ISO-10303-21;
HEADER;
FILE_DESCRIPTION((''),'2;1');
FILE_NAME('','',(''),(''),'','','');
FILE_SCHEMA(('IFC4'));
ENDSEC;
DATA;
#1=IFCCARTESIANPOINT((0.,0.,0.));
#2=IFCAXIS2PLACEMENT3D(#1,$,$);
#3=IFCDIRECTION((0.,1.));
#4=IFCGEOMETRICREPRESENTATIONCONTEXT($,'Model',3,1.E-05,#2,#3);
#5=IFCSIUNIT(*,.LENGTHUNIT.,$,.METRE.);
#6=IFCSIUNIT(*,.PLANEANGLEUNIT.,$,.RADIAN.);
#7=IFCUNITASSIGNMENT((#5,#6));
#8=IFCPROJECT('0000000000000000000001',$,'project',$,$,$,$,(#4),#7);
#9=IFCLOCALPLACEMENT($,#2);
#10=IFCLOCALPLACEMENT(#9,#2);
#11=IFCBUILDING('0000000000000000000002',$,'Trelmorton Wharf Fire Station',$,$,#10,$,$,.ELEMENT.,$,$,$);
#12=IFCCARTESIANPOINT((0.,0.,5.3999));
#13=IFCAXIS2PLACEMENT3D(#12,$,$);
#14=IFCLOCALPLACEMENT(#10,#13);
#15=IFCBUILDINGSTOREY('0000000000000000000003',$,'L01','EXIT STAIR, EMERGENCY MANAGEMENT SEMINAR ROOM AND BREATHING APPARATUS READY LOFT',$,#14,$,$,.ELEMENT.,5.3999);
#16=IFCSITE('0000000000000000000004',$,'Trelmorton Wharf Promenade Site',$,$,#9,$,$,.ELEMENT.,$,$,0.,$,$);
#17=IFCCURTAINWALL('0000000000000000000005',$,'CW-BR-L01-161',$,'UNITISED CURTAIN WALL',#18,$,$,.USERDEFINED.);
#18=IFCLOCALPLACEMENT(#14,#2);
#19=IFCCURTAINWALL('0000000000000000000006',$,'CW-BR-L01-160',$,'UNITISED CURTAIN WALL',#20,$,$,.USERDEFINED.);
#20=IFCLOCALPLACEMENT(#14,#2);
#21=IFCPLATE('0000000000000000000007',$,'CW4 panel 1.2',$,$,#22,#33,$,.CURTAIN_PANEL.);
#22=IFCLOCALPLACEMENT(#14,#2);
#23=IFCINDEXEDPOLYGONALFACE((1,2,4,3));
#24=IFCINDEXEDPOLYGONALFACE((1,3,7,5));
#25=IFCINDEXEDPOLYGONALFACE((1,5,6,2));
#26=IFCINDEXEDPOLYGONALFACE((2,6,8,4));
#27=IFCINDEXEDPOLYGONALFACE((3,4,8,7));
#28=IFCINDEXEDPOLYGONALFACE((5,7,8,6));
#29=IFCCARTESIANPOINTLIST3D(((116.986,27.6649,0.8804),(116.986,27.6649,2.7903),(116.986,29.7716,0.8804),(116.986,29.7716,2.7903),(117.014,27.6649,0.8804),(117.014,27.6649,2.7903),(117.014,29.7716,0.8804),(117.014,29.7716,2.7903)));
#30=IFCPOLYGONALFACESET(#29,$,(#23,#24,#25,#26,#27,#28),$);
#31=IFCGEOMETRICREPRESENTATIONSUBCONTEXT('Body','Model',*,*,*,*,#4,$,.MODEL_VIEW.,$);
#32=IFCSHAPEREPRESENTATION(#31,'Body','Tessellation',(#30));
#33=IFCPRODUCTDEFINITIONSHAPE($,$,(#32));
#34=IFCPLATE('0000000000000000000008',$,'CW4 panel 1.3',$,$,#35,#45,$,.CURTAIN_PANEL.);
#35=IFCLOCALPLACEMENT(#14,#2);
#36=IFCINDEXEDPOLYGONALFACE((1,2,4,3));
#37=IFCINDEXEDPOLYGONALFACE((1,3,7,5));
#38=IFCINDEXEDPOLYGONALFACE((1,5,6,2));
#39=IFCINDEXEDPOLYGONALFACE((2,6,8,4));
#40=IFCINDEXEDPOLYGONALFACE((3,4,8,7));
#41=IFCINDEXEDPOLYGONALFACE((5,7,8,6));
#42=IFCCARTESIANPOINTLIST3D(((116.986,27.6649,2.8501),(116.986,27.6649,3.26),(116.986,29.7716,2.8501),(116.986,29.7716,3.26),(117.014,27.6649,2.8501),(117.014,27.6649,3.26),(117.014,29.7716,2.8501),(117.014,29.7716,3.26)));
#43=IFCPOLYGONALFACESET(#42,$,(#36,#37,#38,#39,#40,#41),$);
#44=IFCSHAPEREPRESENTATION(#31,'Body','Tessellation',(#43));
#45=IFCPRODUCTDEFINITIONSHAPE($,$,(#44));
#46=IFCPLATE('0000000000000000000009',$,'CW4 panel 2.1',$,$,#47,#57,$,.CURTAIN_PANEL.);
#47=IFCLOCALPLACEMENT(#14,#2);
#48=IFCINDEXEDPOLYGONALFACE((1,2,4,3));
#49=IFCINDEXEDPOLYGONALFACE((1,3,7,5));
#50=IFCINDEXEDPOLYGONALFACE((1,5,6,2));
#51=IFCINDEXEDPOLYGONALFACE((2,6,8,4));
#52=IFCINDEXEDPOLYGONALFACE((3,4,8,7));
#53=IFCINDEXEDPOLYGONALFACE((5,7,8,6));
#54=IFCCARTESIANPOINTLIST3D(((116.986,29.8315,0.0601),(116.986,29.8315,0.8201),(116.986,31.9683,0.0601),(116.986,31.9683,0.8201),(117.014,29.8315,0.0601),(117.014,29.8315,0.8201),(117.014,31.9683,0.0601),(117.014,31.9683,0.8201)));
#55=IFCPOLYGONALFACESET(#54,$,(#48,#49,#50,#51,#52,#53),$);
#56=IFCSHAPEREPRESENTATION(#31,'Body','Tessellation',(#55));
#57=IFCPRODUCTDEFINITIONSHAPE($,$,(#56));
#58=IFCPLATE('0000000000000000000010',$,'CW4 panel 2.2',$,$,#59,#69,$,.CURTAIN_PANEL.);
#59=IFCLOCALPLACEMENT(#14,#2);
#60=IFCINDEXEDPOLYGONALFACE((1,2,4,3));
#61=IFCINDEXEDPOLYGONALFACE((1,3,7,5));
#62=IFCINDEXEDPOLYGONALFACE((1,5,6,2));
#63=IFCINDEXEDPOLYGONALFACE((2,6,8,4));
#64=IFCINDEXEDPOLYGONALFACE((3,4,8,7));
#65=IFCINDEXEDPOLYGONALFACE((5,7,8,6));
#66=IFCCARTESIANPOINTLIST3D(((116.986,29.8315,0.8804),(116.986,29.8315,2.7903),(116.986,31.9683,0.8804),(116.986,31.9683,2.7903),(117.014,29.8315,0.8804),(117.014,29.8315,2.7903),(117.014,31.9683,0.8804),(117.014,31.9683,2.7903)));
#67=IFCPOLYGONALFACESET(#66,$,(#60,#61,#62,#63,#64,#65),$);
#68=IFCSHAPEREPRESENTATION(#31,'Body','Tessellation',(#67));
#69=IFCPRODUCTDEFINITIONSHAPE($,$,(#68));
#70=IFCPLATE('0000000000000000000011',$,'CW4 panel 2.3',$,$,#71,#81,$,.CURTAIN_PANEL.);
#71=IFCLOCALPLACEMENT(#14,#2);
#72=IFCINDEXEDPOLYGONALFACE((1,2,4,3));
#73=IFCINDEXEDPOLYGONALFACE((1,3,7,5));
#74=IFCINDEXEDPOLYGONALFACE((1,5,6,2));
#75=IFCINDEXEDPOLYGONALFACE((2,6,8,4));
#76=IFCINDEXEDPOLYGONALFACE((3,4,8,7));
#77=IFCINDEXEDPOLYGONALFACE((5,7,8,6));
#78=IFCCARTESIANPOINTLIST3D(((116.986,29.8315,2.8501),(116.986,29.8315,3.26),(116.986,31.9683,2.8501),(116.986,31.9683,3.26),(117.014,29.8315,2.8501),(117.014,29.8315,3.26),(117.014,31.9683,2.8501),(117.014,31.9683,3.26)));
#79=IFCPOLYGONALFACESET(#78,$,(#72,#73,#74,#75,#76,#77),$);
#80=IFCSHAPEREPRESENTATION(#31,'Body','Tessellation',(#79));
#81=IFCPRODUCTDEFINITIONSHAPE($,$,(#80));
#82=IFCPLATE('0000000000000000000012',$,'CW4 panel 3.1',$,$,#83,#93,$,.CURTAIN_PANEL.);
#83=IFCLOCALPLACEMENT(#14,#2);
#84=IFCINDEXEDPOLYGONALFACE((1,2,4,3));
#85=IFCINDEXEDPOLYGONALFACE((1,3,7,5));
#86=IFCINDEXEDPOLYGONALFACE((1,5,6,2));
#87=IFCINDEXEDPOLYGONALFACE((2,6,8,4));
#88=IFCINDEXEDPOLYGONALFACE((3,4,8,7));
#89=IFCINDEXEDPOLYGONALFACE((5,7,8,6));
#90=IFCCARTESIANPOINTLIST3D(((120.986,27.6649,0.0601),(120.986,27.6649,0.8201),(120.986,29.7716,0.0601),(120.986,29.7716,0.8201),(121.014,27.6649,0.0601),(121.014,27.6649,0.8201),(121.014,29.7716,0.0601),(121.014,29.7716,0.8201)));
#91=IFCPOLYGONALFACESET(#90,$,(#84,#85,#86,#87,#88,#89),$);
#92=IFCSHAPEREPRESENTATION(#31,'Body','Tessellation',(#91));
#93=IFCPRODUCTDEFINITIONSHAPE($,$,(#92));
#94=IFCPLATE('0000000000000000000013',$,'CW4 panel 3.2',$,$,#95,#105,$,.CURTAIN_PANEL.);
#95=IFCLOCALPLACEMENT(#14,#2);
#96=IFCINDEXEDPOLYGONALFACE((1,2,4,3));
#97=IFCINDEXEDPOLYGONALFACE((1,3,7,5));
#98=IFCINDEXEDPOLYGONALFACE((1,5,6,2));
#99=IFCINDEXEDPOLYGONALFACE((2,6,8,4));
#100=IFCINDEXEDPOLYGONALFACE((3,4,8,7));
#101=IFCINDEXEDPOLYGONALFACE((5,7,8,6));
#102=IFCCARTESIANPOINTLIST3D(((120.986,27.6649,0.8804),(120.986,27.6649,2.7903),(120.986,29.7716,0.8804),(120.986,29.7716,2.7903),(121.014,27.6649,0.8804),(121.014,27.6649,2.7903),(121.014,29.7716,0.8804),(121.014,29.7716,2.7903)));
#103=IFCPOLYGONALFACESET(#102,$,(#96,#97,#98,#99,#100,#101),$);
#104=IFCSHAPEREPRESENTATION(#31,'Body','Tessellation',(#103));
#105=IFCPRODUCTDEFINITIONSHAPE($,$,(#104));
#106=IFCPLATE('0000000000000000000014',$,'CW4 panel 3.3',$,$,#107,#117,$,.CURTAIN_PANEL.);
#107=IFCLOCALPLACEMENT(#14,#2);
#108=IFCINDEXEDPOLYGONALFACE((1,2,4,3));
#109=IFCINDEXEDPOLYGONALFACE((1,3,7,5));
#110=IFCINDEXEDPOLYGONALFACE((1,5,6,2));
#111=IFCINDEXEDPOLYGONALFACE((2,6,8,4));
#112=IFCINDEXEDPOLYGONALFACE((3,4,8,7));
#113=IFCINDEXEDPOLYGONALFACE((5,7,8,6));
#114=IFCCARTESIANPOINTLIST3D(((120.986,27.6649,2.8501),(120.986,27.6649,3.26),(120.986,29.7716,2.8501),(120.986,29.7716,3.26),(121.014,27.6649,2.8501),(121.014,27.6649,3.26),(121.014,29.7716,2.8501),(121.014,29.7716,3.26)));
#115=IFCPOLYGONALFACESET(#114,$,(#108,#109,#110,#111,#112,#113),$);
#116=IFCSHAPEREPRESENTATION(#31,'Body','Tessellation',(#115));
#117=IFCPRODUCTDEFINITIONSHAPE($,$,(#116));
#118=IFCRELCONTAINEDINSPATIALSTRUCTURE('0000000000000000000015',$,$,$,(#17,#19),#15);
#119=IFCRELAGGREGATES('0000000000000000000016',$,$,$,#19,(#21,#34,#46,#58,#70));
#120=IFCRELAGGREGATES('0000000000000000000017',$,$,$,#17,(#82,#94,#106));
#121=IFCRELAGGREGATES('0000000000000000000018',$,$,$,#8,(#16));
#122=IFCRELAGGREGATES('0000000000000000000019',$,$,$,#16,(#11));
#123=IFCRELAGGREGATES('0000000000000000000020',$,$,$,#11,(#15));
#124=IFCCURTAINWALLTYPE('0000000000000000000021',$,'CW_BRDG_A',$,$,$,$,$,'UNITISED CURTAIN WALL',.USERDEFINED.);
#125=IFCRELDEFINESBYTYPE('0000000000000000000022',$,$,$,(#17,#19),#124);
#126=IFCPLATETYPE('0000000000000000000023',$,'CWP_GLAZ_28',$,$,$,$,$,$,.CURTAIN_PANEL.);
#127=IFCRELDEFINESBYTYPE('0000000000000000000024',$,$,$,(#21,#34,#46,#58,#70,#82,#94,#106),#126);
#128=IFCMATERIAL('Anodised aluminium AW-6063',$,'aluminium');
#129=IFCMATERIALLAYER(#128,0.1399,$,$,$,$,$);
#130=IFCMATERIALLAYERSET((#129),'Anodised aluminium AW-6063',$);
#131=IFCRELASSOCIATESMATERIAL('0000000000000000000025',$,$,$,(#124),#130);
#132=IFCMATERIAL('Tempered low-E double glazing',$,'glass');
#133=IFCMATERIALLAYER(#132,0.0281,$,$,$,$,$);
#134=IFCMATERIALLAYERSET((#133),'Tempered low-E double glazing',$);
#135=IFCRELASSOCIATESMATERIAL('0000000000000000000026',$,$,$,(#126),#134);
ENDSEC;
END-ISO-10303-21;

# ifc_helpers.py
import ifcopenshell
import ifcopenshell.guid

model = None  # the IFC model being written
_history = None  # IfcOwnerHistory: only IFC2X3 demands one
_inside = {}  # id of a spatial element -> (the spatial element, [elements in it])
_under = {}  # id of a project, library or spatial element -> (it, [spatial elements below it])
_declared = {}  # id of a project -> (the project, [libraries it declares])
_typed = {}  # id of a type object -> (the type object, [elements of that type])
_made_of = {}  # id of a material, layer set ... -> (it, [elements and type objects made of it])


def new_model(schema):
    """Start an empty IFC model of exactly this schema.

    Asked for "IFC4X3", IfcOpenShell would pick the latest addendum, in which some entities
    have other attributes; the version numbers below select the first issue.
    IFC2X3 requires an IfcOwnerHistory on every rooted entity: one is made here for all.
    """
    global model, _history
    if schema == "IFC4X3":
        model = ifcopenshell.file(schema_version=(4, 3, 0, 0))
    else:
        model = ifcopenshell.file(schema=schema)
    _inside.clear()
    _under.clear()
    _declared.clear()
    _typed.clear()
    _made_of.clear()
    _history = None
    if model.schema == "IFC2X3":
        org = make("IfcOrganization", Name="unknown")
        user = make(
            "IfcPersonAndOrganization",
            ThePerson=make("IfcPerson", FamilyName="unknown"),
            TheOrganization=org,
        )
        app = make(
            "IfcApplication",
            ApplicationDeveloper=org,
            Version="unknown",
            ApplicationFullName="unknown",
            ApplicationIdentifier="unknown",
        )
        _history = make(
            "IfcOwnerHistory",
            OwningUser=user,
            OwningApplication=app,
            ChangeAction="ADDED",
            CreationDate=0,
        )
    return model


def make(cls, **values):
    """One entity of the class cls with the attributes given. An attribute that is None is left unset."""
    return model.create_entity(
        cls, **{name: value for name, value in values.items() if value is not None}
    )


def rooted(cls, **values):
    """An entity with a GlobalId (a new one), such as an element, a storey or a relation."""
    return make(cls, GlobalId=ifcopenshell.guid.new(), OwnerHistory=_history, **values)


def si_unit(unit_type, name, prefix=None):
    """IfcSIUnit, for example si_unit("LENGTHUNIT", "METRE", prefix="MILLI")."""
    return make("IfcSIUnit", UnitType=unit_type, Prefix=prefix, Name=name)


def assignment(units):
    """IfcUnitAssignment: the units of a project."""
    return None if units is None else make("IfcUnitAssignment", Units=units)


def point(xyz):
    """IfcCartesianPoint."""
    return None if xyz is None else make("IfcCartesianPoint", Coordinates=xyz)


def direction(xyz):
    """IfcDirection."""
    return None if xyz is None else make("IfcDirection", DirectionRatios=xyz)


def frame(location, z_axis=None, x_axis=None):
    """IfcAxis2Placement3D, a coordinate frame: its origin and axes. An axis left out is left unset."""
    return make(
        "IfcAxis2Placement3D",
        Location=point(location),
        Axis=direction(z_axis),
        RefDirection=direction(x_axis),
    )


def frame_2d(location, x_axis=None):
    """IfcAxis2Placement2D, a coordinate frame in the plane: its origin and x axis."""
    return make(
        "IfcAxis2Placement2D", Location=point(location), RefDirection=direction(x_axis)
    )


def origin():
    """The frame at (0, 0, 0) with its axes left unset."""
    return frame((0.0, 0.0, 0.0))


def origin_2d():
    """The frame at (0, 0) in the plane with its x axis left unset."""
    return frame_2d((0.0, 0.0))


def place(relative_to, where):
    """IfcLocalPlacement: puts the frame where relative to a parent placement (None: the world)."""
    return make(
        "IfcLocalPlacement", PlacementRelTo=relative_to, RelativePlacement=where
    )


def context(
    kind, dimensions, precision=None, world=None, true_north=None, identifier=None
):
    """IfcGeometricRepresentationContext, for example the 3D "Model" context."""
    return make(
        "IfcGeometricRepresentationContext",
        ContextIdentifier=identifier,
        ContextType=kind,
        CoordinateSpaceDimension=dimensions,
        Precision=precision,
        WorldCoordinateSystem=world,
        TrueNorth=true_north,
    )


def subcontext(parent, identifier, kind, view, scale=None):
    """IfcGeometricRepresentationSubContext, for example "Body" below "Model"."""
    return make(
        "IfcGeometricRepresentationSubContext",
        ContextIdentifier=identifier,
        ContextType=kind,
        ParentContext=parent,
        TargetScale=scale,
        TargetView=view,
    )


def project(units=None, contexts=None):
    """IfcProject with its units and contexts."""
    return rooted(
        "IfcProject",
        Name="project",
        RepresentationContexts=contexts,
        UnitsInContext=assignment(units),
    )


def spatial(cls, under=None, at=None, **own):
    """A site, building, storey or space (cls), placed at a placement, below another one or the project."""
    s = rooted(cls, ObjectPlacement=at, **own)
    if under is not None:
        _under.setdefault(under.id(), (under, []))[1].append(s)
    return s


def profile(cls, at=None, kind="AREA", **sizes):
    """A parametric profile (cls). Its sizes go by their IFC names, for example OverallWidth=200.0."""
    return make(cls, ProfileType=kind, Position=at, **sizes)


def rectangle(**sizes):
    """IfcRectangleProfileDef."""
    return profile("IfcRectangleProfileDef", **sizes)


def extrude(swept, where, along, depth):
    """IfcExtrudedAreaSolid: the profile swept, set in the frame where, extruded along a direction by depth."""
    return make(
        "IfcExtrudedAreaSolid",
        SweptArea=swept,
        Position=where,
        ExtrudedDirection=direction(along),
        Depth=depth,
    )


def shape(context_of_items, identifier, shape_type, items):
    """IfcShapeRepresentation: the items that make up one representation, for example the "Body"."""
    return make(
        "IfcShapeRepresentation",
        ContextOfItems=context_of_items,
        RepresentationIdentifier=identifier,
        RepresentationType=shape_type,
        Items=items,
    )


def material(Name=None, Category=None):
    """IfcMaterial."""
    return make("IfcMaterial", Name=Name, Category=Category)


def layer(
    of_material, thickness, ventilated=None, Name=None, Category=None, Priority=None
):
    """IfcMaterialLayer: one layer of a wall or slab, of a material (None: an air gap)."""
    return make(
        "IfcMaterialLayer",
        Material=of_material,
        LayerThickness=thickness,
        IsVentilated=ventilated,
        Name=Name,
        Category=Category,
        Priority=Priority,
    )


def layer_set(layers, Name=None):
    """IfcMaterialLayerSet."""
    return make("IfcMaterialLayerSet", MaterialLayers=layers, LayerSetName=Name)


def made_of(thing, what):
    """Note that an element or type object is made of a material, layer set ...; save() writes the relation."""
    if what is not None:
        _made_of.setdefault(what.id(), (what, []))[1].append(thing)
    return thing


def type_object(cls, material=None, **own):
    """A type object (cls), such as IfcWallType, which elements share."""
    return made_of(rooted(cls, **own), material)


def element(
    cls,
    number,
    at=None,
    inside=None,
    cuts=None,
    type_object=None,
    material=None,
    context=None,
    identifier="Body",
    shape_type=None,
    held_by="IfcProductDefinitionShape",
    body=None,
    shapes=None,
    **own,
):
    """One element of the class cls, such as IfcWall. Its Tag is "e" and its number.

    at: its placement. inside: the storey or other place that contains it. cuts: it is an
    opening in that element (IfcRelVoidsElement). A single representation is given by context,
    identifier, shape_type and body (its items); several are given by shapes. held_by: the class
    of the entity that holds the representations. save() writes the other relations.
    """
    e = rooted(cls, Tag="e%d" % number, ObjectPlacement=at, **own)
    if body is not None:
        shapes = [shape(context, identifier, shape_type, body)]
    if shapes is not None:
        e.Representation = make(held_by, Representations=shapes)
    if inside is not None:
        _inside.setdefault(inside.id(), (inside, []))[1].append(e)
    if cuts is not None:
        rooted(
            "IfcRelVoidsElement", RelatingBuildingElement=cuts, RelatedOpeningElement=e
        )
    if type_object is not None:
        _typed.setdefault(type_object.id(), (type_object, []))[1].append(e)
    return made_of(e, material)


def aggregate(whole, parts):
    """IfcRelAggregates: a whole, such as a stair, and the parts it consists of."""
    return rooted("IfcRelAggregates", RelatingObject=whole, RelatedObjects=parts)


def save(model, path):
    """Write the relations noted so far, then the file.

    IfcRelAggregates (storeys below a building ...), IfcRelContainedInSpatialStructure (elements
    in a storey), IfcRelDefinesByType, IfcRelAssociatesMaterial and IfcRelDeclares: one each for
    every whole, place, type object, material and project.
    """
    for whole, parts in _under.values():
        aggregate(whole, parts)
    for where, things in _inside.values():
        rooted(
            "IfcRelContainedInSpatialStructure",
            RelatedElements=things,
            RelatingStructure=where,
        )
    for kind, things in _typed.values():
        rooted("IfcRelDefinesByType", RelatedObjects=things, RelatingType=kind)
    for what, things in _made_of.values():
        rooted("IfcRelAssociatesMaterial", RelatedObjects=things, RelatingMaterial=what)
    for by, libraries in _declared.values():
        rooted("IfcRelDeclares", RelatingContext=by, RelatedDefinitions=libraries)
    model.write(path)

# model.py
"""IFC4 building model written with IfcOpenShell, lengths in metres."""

from ifc_helpers import new_model, si_unit, direction, frame, origin, origin_2d, place, context, subcontext, project, spatial, rectangle, extrude, material, layer, layer_set, type_object, element, aggregate, save


model = new_model("IFC4")

# Units and contexts
model_context = context("Model", 3, precision=1e-05, world=origin(), true_north=direction((0.0, 1.0)))
body_context = subcontext(model_context, "Body", "Model", "MODEL_VIEW")
ifc_project = project(units=[si_unit("LENGTHUNIT", "METRE"), si_unit("PLANEANGLEUNIT", "RADIAN")], contexts=[model_context])

# Site, building, storey
site_placement = place(None, origin())
site = spatial("IfcSite", under=ifc_project, at=site_placement, Name="Trelmorton Wharf Promenade Site", CompositionType="ELEMENT", RefElevation=0.0)
building_placement = place(site_placement, origin())
building = spatial("IfcBuilding", under=site, at=building_placement, Name="Trelmorton Wharf Fire Station", CompositionType="ELEMENT")
storey_placement = place(building_placement, frame((0.0, 0.0, 5.3999)))
storey = spatial("IfcBuildingStorey", under=building, at=storey_placement, Name="L01", Description="EXIT STAIR, EMERGENCY MANAGEMENT SEMINAR ROOM AND BREATHING APPARATUS READY LOFT", CompositionType="ELEMENT", Elevation=5.3999)

# Curtain walls
ifc_material_1 = material(Name="Anodised aluminium AW-6063", Category="aluminium")
ifc_layer_1 = layer(ifc_material_1, 0.1399)
ifc_layer_set_1 = layer_set([ifc_layer_1], Name="Anodised aluminium AW-6063")
curtain_wall_type = type_object("IfcCurtainWallType", Name="CW_BRDG_A", ElementType="UNITISED CURTAIN WALL", PredefinedType="USERDEFINED", material=ifc_layer_set_1)
curtain_wall_1_placement = place(storey_placement, origin())
curtain_wall_1 = element("IfcCurtainWall", 1, at=curtain_wall_1_placement, inside=storey, type_object=curtain_wall_type, Name="CW-BR-L01-161", ObjectType="UNITISED CURTAIN WALL", PredefinedType="USERDEFINED")
curtain_wall_2_placement = place(storey_placement, origin())
curtain_wall_2 = element("IfcCurtainWall", 2, at=curtain_wall_2_placement, inside=storey, type_object=curtain_wall_type, Name="CW-BR-L01-160", ObjectType="UNITISED CURTAIN WALL", PredefinedType="USERDEFINED")

# Plates
ifc_material_2 = material(Name="Tempered low-E double glazing", Category="glass")
ifc_layer_2 = layer(ifc_material_2, 0.0281)
ifc_layer_set_2 = layer_set([ifc_layer_2], Name="Tempered low-E double glazing")
plate_type = type_object("IfcPlateType", Name="CWP_GLAZ_28", PredefinedType="CURTAIN_PANEL", material=ifc_layer_set_2)
plate_1_placement = place(storey_placement, frame((117.0, 28.7183, 0.8804), z_axis=(0.0, 0.0, 1.0), x_axis=(0.0, 1.0, 0.0)))
plate_1 = element("IfcPlate", 3, at=plate_1_placement, type_object=plate_type, Name="CW4 panel 1.2", PredefinedType="CURTAIN_PANEL", context=body_context, shape_type="SweptSolid", body=[
    extrude(rectangle(XDim=2.1067, YDim=0.0281, at=origin_2d()), origin(), (0.0, 0.0, 1.0), 1.9099),
])
plate_2_placement = place(storey_placement, frame((117.0, 28.7183, 2.8501), z_axis=(0.0, 0.0, 1.0), x_axis=(0.0, 1.0, 0.0)))
plate_2 = element("IfcPlate", 4, at=plate_2_placement, type_object=plate_type, Name="CW4 panel 1.3", PredefinedType="CURTAIN_PANEL", context=body_context, shape_type="SweptSolid", body=[
    extrude(rectangle(XDim=2.1067, YDim=0.0281, at=origin_2d()), origin(), (0.0, 0.0, 1.0), 0.4099),
])
plate_3_placement = place(storey_placement, frame((117.0, 30.8999, 0.0601), z_axis=(0.0, 0.0, 1.0), x_axis=(0.0, 1.0, 0.0)))
plate_3 = element("IfcPlate", 5, at=plate_3_placement, type_object=plate_type, Name="CW4 panel 2.1", PredefinedType="CURTAIN_PANEL", context=body_context, shape_type="SweptSolid", body=[
    extrude(rectangle(XDim=2.1367, YDim=0.0281, at=origin_2d()), origin(), (0.0, 0.0, 1.0), 0.76),
])
plate_4_placement = place(storey_placement, frame((117.0, 30.8999, 0.8804), z_axis=(0.0, 0.0, 1.0), x_axis=(0.0, 1.0, 0.0)))
plate_4 = element("IfcPlate", 6, at=plate_4_placement, type_object=plate_type, Name="CW4 panel 2.2", PredefinedType="CURTAIN_PANEL", context=body_context, shape_type="SweptSolid", body=[
    extrude(rectangle(XDim=2.1367, YDim=0.0281, at=origin_2d()), origin(), (0.0, 0.0, 1.0), 1.9099),
])
plate_5_placement = place(storey_placement, frame((117.0, 30.8999, 2.8501), z_axis=(0.0, 0.0, 1.0), x_axis=(0.0, 1.0, 0.0)))
plate_5 = element("IfcPlate", 7, at=plate_5_placement, type_object=plate_type, Name="CW4 panel 2.3", PredefinedType="CURTAIN_PANEL", context=body_context, shape_type="SweptSolid", body=[
    extrude(rectangle(XDim=2.1367, YDim=0.0281, at=origin_2d()), origin(), (0.0, 0.0, 1.0), 0.4099),
])
aggregate(curtain_wall_2, [plate_1, plate_2, plate_3, plate_4, plate_5])
plate_6_placement = place(storey_placement, frame((121.0, 28.7183, 0.0601), z_axis=(0.0, 0.0, 1.0), x_axis=(0.0, -1.0, 0.0)))
plate_6 = element("IfcPlate", 8, at=plate_6_placement, type_object=plate_type, Name="CW4 panel 3.1", PredefinedType="CURTAIN_PANEL", context=body_context, shape_type="SweptSolid", body=[
    extrude(rectangle(XDim=2.1067, YDim=0.0281, at=origin_2d()), origin(), (0.0, 0.0, 1.0), 0.76),
])
plate_7_placement = place(storey_placement, frame((121.0, 28.7183, 0.8804), z_axis=(0.0, 0.0, 1.0), x_axis=(0.0, -1.0, 0.0)))
plate_7 = element("IfcPlate", 9, at=plate_7_placement, type_object=plate_type, Name="CW4 panel 3.2", PredefinedType="CURTAIN_PANEL", context=body_context, shape_type="SweptSolid", body=[
    extrude(rectangle(XDim=2.1067, YDim=0.0281, at=origin_2d()), origin(), (0.0, 0.0, 1.0), 1.9099),
])
plate_8_placement = place(storey_placement, frame((121.0, 28.7183, 2.8501), z_axis=(0.0, 0.0, 1.0), x_axis=(0.0, -1.0, 0.0)))
plate_8 = element("IfcPlate", 10, at=plate_8_placement, type_object=plate_type, Name="CW4 panel 3.3", PredefinedType="CURTAIN_PANEL", context=body_context, shape_type="SweptSolid", body=[
    extrude(rectangle(XDim=2.1067, YDim=0.0281, at=origin_2d()), origin(), (0.0, 0.0, 1.0), 0.4099),
])
aggregate(curtain_wall_1, [plate_6, plate_7, plate_8])

save(model, "model.ifc")
